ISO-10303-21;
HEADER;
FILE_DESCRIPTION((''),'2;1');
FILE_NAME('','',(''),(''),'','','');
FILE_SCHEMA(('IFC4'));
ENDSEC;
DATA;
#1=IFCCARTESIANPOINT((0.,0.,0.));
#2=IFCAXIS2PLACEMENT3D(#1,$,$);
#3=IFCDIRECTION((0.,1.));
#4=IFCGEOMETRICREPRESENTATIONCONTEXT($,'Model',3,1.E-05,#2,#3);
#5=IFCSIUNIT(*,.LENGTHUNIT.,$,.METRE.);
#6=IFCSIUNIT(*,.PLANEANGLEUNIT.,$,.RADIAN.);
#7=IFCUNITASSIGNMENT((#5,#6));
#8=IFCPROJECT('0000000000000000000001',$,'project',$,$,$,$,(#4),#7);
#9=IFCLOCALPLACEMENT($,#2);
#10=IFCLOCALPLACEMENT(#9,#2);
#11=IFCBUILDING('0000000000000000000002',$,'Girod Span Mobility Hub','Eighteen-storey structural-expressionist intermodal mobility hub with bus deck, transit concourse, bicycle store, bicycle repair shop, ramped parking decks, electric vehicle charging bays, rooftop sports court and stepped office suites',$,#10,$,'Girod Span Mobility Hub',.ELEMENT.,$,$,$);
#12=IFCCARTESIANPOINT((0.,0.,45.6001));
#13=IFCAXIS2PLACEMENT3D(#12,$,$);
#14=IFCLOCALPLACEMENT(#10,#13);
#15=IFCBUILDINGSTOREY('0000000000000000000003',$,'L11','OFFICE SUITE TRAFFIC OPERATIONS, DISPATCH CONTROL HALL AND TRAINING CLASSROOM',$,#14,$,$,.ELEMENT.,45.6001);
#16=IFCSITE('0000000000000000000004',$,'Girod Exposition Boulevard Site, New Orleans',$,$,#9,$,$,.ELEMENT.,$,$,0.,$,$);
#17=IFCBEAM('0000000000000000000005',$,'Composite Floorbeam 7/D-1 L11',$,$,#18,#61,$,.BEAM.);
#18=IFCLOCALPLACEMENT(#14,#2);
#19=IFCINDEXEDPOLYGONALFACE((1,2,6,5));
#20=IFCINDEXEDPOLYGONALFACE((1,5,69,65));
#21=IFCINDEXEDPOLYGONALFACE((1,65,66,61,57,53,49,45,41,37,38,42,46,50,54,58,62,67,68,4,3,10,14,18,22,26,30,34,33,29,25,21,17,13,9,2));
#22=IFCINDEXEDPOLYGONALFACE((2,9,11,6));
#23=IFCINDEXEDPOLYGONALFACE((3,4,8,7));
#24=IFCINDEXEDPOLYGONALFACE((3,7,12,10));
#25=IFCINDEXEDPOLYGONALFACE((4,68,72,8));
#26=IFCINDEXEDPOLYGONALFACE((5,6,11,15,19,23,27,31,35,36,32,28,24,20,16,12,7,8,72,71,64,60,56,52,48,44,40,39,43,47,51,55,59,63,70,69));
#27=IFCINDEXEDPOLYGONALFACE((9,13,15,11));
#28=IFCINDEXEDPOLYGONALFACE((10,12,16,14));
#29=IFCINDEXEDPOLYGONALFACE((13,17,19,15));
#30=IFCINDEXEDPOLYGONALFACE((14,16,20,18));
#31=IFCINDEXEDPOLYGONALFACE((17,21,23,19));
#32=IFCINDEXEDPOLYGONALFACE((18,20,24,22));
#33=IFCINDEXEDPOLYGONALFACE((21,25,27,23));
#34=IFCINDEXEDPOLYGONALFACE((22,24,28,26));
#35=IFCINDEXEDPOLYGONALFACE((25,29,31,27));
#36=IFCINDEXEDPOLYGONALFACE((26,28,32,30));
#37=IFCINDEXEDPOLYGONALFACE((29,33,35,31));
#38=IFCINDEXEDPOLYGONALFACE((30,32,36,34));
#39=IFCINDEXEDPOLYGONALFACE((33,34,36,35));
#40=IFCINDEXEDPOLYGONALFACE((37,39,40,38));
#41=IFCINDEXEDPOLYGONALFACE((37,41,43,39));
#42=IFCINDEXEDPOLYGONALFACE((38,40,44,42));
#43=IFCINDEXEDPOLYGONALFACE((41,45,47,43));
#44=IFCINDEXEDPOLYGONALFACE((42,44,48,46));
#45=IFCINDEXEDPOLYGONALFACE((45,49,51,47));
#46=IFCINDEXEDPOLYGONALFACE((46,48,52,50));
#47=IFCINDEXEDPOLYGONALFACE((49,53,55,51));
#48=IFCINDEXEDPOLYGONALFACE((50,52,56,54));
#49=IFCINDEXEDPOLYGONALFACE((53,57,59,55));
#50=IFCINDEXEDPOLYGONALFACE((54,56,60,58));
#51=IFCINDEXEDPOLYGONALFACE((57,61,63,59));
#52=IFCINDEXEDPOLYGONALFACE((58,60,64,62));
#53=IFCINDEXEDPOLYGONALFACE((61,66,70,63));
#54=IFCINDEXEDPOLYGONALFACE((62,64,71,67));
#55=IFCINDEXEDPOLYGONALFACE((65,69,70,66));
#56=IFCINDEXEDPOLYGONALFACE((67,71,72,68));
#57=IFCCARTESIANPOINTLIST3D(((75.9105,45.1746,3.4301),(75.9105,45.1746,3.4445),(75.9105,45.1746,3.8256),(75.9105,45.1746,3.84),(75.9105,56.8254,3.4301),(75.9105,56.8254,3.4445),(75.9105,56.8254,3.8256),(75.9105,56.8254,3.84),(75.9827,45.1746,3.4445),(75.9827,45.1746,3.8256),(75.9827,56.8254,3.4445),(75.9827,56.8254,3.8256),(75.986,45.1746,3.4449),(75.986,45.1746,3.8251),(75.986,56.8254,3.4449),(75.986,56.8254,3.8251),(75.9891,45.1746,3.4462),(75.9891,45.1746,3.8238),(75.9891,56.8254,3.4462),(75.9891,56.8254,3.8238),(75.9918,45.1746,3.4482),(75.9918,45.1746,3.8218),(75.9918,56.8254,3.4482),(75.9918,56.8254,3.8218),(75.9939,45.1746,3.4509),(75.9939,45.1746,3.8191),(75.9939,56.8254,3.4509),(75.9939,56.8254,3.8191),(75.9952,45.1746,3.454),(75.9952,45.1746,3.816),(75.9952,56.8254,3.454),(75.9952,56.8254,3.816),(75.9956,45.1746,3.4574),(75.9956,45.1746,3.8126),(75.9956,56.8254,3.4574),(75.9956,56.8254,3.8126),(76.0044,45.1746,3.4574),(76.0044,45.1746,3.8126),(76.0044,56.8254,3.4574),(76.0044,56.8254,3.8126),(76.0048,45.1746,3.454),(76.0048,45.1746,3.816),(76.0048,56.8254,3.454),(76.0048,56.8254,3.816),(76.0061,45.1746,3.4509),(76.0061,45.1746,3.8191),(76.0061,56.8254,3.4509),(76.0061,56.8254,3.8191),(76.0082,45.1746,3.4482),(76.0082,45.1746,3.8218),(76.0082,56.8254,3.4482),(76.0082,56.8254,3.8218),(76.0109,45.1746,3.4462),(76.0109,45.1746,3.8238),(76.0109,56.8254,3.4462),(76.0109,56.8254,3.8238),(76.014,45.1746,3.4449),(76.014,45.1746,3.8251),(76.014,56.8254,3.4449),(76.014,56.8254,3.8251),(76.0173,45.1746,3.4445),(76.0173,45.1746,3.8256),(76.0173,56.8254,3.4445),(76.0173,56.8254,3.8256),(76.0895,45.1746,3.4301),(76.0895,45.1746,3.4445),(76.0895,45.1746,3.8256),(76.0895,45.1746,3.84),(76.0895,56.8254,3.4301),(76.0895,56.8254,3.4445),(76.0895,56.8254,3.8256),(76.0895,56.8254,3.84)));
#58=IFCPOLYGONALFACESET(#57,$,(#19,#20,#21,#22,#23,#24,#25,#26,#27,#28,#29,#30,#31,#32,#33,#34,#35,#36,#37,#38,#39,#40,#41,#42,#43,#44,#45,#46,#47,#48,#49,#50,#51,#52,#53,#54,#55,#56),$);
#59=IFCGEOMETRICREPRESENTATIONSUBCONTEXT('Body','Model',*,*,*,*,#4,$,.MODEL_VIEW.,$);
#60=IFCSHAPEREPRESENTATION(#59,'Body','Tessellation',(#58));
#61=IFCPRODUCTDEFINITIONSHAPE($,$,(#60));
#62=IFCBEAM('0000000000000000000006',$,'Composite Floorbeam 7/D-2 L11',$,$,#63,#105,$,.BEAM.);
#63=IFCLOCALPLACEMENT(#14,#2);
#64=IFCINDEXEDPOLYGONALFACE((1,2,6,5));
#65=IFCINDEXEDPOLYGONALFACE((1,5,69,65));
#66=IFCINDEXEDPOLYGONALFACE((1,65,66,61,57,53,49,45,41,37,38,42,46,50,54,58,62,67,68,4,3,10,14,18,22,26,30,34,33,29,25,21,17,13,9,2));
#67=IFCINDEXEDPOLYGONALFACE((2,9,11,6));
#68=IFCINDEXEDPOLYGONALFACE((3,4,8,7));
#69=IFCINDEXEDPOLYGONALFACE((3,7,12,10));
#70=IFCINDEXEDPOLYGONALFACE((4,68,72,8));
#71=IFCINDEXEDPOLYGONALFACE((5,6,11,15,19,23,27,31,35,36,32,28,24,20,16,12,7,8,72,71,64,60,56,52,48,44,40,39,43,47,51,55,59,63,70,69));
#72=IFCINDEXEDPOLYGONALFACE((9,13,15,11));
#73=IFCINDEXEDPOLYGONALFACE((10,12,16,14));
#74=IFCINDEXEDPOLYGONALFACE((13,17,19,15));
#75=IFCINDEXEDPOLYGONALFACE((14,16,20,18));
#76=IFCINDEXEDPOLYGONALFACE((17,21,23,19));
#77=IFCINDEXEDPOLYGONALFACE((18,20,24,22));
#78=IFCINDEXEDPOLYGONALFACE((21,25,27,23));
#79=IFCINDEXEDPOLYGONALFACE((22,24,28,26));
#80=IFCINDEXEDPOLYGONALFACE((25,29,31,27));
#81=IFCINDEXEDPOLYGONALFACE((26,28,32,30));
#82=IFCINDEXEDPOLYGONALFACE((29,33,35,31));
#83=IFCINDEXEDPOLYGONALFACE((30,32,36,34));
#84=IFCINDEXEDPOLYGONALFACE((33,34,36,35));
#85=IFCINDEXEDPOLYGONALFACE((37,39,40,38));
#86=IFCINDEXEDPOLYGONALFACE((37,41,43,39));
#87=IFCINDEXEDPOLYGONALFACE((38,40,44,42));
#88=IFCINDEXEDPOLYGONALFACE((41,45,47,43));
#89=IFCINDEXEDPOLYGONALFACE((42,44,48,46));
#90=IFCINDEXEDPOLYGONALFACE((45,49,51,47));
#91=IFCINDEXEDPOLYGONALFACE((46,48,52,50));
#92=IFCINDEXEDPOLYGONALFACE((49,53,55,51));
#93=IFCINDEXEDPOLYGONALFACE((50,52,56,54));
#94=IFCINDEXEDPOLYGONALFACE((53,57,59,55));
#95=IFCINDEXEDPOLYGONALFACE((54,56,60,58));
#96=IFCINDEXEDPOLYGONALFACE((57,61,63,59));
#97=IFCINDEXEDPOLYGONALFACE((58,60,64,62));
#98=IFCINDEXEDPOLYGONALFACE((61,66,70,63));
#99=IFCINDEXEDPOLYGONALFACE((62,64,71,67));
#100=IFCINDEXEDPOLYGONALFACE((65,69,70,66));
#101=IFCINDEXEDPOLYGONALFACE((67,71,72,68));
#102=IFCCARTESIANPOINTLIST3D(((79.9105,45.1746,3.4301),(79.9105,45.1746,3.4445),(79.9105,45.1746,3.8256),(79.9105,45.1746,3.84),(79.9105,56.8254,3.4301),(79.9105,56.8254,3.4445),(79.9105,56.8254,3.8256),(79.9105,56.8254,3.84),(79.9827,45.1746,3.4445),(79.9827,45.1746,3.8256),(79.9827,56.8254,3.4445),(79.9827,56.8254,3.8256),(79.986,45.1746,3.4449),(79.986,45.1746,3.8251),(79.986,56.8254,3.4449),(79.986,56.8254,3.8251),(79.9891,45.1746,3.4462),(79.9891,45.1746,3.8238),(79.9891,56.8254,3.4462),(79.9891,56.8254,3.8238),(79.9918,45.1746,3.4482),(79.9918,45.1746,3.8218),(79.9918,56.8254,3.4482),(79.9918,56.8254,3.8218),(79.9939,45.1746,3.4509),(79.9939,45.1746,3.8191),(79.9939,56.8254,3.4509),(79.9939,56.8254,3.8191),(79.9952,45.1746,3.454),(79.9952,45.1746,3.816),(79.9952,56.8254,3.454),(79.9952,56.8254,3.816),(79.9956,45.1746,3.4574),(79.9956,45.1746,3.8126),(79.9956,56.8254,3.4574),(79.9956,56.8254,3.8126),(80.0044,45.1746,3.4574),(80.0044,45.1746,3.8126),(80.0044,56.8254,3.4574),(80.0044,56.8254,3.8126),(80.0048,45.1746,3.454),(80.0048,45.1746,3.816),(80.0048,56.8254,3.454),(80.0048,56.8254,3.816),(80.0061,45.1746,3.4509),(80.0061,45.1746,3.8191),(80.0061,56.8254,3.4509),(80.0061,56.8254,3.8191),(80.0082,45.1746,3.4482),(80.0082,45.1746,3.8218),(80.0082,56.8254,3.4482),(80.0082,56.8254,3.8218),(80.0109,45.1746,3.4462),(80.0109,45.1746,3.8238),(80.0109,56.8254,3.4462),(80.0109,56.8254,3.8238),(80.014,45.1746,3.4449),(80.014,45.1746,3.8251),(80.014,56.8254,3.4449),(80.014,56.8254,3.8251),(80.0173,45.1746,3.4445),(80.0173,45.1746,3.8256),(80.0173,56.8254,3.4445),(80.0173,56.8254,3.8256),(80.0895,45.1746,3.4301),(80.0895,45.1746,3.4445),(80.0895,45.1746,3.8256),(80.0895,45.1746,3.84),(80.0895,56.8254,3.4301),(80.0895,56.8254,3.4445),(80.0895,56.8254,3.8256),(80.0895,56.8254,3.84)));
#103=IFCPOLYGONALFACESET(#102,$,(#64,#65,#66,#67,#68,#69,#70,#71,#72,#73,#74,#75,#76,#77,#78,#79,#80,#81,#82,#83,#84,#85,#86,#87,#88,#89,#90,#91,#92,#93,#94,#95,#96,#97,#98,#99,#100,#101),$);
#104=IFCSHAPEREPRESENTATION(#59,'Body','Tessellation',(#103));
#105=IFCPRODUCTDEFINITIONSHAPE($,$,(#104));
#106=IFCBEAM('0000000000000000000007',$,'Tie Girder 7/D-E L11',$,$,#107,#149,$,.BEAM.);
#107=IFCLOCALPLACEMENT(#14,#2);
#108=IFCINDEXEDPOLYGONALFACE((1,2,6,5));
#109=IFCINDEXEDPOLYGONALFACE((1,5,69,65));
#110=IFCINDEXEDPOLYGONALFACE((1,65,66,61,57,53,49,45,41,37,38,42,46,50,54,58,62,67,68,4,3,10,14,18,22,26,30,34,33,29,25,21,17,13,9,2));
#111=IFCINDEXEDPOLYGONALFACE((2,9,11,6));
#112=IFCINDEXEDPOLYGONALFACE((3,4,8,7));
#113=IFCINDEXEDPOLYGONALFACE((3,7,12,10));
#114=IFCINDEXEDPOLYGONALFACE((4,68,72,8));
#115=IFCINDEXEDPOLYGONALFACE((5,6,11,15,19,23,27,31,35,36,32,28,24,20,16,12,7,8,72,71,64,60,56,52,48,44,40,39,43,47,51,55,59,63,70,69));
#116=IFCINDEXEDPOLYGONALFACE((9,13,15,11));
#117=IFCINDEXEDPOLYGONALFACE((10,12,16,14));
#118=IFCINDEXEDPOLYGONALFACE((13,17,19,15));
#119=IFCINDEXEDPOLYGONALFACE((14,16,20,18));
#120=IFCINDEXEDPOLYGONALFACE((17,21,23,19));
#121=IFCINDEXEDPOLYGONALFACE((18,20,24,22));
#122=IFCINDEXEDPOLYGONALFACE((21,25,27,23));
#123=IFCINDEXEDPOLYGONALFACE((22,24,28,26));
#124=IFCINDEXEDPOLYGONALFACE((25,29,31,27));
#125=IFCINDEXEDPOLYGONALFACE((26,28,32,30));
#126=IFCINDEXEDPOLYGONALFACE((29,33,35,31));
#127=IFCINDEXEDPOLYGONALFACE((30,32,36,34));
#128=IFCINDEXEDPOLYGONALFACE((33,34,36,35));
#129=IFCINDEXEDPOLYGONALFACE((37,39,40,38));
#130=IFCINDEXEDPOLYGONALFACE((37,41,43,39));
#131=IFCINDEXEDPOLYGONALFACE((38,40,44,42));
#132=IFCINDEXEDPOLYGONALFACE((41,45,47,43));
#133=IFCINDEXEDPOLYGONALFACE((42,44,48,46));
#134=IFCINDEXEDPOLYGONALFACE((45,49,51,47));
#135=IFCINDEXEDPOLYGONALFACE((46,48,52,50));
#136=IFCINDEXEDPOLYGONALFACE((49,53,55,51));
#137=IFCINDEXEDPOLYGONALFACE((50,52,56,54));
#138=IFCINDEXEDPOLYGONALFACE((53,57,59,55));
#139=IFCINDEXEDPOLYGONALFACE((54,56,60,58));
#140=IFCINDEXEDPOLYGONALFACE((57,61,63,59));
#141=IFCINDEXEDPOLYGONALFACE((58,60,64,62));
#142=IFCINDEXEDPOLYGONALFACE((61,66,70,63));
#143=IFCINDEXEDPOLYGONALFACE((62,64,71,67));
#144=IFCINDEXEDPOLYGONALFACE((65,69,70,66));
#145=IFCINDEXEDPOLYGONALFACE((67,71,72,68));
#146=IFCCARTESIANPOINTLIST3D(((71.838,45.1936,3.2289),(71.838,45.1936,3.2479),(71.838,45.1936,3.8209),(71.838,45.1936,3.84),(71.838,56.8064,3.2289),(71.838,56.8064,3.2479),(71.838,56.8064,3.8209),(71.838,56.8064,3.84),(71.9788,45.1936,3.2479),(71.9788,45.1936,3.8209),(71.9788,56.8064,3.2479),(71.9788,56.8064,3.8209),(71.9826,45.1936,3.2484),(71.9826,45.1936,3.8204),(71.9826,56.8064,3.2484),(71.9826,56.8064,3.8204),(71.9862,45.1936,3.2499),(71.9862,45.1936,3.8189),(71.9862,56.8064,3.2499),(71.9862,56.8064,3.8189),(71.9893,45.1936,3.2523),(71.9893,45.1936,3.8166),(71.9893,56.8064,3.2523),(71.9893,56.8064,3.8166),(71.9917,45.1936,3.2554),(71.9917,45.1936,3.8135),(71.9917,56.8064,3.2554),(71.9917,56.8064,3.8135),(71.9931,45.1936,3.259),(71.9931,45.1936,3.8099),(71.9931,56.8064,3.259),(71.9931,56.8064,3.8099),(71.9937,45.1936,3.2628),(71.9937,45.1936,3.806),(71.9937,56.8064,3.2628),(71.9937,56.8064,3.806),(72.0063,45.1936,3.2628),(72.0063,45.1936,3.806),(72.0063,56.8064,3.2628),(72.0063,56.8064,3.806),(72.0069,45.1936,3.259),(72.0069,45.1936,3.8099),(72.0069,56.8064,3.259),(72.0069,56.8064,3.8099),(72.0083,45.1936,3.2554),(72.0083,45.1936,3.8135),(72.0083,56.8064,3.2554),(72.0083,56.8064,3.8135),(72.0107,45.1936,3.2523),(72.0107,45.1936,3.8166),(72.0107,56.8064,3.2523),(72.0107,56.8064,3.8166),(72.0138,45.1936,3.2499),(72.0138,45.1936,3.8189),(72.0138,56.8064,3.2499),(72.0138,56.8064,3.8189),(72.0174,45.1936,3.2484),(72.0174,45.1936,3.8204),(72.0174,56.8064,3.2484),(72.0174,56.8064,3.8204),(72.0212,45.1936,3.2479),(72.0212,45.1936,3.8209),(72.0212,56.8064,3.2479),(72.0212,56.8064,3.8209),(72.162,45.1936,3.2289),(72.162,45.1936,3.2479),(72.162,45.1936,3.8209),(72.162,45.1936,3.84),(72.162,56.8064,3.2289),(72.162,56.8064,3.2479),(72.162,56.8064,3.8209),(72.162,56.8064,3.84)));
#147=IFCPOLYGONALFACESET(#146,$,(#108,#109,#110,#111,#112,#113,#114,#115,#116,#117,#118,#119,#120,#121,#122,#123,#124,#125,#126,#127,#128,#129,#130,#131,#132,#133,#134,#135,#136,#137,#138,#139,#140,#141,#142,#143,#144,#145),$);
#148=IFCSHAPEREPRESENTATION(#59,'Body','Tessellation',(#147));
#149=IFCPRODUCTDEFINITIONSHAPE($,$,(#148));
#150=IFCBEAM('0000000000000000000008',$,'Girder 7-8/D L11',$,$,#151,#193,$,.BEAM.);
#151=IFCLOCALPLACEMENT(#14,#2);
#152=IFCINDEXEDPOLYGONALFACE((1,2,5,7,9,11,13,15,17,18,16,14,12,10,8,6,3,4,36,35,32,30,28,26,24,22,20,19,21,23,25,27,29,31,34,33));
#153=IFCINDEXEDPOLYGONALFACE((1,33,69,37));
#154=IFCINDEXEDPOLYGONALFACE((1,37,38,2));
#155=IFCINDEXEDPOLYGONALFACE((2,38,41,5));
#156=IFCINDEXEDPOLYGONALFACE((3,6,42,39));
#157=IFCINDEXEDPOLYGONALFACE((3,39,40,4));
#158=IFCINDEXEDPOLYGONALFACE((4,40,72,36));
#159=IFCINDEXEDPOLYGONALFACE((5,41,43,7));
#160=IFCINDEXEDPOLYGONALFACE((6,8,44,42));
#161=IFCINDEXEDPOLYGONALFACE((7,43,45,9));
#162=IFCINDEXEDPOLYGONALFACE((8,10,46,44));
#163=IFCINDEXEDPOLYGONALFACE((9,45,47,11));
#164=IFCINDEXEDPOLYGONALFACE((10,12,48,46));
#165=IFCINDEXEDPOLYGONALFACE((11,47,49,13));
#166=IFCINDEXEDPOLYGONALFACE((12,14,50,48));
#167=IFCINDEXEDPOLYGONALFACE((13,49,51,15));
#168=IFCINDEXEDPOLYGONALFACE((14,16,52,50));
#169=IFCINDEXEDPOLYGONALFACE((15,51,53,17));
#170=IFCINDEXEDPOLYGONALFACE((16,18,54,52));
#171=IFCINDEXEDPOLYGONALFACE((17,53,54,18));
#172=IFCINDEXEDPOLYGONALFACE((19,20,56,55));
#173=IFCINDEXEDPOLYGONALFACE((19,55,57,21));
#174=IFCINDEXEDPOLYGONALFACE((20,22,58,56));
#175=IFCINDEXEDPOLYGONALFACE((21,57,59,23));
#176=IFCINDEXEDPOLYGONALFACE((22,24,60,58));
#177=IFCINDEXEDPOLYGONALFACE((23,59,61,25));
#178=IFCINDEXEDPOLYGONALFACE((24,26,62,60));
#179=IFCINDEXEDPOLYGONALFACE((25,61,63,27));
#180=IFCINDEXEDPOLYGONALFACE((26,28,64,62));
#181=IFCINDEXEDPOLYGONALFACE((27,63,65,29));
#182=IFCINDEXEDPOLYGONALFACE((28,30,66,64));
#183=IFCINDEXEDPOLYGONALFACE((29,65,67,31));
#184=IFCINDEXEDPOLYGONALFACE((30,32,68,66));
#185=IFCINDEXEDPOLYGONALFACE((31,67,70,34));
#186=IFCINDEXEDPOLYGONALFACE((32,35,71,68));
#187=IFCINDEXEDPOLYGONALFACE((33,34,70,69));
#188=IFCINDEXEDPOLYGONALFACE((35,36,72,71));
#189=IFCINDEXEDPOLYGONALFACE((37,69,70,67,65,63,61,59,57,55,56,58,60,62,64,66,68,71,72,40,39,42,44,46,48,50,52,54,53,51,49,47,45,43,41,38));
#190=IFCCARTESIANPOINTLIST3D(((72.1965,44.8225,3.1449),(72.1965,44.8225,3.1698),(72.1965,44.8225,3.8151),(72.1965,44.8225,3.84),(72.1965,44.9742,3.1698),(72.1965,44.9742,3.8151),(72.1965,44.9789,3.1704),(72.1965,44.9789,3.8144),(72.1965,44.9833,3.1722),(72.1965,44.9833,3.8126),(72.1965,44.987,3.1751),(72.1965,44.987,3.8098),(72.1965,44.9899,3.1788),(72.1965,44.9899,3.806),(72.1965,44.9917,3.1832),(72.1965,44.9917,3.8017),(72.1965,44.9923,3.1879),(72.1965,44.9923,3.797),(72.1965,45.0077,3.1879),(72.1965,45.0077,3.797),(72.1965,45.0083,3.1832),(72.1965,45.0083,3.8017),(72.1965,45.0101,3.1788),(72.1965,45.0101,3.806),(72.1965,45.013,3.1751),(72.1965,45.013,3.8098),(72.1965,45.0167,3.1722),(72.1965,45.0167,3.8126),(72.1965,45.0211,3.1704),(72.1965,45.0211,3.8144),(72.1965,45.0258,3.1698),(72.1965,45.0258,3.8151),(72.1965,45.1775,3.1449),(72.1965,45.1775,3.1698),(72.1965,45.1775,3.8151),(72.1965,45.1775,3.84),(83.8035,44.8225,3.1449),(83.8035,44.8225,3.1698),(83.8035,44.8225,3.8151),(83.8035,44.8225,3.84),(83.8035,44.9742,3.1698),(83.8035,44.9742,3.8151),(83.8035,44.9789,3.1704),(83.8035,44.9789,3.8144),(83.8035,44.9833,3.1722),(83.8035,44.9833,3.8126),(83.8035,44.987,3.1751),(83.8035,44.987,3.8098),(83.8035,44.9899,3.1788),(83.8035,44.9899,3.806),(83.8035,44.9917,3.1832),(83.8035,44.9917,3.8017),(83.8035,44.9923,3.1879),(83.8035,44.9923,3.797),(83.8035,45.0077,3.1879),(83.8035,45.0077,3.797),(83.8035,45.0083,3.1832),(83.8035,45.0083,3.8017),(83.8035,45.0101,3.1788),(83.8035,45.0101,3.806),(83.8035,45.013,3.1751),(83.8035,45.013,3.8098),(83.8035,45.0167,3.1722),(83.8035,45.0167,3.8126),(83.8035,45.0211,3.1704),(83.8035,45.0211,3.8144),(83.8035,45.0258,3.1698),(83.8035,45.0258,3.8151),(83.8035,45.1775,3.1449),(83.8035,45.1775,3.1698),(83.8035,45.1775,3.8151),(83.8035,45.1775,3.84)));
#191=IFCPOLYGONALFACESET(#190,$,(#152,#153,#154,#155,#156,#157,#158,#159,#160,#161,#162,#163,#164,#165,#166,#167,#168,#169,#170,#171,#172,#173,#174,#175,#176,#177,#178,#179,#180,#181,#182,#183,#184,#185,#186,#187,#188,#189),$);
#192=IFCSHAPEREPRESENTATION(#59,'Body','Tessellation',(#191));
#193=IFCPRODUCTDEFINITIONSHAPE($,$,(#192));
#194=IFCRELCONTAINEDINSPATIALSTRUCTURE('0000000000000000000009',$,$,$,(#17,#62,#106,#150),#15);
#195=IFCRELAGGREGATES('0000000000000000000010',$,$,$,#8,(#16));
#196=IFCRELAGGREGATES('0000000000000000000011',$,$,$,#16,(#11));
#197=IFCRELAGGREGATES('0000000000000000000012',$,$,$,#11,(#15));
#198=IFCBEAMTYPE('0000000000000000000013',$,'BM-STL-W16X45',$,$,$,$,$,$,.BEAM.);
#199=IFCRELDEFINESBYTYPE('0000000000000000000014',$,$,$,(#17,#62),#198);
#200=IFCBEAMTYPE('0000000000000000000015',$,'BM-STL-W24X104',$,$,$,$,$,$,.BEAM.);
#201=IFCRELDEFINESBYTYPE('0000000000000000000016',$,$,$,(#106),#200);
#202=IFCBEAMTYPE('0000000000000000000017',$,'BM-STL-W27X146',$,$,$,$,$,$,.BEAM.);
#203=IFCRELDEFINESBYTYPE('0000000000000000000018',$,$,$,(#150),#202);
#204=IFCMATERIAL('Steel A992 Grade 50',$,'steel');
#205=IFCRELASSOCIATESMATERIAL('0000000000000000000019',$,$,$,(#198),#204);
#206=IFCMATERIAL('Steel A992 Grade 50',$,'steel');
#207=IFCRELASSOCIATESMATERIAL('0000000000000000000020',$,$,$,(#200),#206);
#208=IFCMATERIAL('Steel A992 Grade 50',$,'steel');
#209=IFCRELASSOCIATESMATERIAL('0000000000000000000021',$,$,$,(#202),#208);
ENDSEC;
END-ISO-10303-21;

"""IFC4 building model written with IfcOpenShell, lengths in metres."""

from ifc_helpers import new_model, si_unit, direction, frame, origin, origin_2d, place, context, subcontext, project, spatial, i_section, extrude, material, material_profile, profile_set, type_object, element, save


model = new_model("IFC4")

# Units and contexts
model_context = context("Model", 3, precision=1e-05, world=origin(), true_north=direction((0.0, 1.0)))
body_context = subcontext(model_context, "Body", "Model", "MODEL_VIEW")
ifc_project = project(units=[si_unit("LENGTHUNIT", "METRE"), si_unit("PLANEANGLEUNIT", "RADIAN")], contexts=[model_context])

# Site, building, storey
site_placement = place(None, origin())
site = spatial("IfcSite", under=ifc_project, at=site_placement, Name="Girod Exposition Boulevard Site, New Orleans", CompositionType="ELEMENT", RefElevation=0.0)
building_placement = place(site_placement, origin())
building = spatial("IfcBuilding", under=site, at=building_placement, Name="Girod Span Mobility Hub", Description="Eighteen-storey structural-expressionist intermodal mobility hub with bus deck, transit concourse, bicycle store, bicycle repair shop, ramped parking decks, electric vehicle charging bays, rooftop sports court and stepped office suites", LongName="Girod Span Mobility Hub", CompositionType="ELEMENT")
storey_placement = place(building_placement, frame((0.0, 0.0, 45.6001)))
storey = spatial("IfcBuildingStorey", under=building, at=storey_placement, Name="L11", Description="OFFICE SUITE TRAFFIC OPERATIONS, DISPATCH CONTROL HALL AND TRAINING CLASSROOM", CompositionType="ELEMENT", Elevation=45.6001)

# Beams
ifc_material_1 = material(Name="Steel A992 Grade 50", Category="steel")
ifc_material_profile_1 = material_profile(ifc_material_1, i_section(OverallWidth=0.179, OverallDepth=0.4099, WebThickness=0.0088, FlangeThickness=0.0144, FilletRadius=0.0129, at=origin_2d()), Name="W16X45")
ifc_profile_set_1 = profile_set([ifc_material_profile_1], Name="Steel A992 Grade 50")
beam_type_1 = type_object("IfcBeamType", Name="BM-STL-W16X45", PredefinedType="BEAM", material=ifc_profile_set_1)
for number, where, z_axis, x_axis, name in (
    (1, (76.0, 45.1746, 3.635), (0.0, 1.0, 0.0), (-1.0, 0.0, 0.0), "Composite Floorbeam 7/D-1 L11"),
    (2, (80.0, 45.1746, 3.635), (0.0, 1.0, 0.0), (-1.0, 0.0, 0.0), "Composite Floorbeam 7/D-2 L11"),
):
    element("IfcBeam", number, at=place(storey_placement, frame(where, z_axis=z_axis, x_axis=x_axis)), inside=storey, type_object=beam_type_1, Name=name, PredefinedType="BEAM", context=body_context, shape_type="SweptSolid", body=[
        extrude(i_section(OverallWidth=0.179, OverallDepth=0.4099, WebThickness=0.0088, FlangeThickness=0.0144, FilletRadius=0.0129, at=origin_2d()), origin(), (0.0, 0.0, 1.0), 11.6509),
    ])
ifc_material_2 = material(Name="Steel A992 Grade 50", Category="steel")
ifc_material_profile_2 = material_profile(ifc_material_2, i_section(OverallWidth=0.324, OverallDepth=0.6111, WebThickness=0.0127, FlangeThickness=0.019, FilletRadius=0.0149, at=origin_2d()), Name="W24X104")
ifc_profile_set_2 = profile_set([ifc_material_profile_2], Name="Steel A992 Grade 50")
beam_type_2 = type_object("IfcBeamType", Name="BM-STL-W24X104", PredefinedType="BEAM", material=ifc_profile_set_2)
beam_1_placement = place(storey_placement, frame((72.0, 45.1936, 3.5344), z_axis=(0.0, 1.0, 0.0), x_axis=(-1.0, 0.0, 0.0)))
element("IfcBeam", 3, at=beam_1_placement, inside=storey, type_object=beam_type_2, Name="Tie Girder 7/D-E L11", PredefinedType="BEAM", context=body_context, shape_type="SweptSolid", body=[
    extrude(i_section(OverallWidth=0.324, OverallDepth=0.6111, WebThickness=0.0127, FlangeThickness=0.019, FilletRadius=0.0149, at=origin_2d()), origin(), (0.0, 0.0, 1.0), 11.6128),
])
ifc_material_3 = material(Name="Steel A992 Grade 50", Category="steel")
ifc_material_profile_3 = material_profile(ifc_material_3, i_section(OverallWidth=0.355, OverallDepth=0.6951, WebThickness=0.0154, FlangeThickness=0.0249, FilletRadius=0.0181, at=origin_2d()), Name="W27X146")
ifc_profile_set_3 = profile_set([ifc_material_profile_3], Name="Steel A992 Grade 50")
beam_type_3 = type_object("IfcBeamType", Name="BM-STL-W27X146", PredefinedType="BEAM", material=ifc_profile_set_3)
for number, where, z_axis, x_axis, name in (
    (4, (72.1965, 45.0, 3.4924), (1.0, 0.0, 0.0), (0.0, 1.0, 0.0), "Girder 7-8/D L11"),
):
    element("IfcBeam", number, at=place(storey_placement, frame(where, z_axis=z_axis, x_axis=x_axis)), inside=storey, type_object=beam_type_3, Name=name, PredefinedType="BEAM", context=body_context, shape_type="SweptSolid", body=[
        extrude(i_section(OverallWidth=0.355, OverallDepth=0.6951, WebThickness=0.0154, FlangeThickness=0.0249, FilletRadius=0.0181, at=origin_2d()), origin(), (0.0, 0.0, 1.0), 11.6069),
    ])

save(model, "model.ifc")
